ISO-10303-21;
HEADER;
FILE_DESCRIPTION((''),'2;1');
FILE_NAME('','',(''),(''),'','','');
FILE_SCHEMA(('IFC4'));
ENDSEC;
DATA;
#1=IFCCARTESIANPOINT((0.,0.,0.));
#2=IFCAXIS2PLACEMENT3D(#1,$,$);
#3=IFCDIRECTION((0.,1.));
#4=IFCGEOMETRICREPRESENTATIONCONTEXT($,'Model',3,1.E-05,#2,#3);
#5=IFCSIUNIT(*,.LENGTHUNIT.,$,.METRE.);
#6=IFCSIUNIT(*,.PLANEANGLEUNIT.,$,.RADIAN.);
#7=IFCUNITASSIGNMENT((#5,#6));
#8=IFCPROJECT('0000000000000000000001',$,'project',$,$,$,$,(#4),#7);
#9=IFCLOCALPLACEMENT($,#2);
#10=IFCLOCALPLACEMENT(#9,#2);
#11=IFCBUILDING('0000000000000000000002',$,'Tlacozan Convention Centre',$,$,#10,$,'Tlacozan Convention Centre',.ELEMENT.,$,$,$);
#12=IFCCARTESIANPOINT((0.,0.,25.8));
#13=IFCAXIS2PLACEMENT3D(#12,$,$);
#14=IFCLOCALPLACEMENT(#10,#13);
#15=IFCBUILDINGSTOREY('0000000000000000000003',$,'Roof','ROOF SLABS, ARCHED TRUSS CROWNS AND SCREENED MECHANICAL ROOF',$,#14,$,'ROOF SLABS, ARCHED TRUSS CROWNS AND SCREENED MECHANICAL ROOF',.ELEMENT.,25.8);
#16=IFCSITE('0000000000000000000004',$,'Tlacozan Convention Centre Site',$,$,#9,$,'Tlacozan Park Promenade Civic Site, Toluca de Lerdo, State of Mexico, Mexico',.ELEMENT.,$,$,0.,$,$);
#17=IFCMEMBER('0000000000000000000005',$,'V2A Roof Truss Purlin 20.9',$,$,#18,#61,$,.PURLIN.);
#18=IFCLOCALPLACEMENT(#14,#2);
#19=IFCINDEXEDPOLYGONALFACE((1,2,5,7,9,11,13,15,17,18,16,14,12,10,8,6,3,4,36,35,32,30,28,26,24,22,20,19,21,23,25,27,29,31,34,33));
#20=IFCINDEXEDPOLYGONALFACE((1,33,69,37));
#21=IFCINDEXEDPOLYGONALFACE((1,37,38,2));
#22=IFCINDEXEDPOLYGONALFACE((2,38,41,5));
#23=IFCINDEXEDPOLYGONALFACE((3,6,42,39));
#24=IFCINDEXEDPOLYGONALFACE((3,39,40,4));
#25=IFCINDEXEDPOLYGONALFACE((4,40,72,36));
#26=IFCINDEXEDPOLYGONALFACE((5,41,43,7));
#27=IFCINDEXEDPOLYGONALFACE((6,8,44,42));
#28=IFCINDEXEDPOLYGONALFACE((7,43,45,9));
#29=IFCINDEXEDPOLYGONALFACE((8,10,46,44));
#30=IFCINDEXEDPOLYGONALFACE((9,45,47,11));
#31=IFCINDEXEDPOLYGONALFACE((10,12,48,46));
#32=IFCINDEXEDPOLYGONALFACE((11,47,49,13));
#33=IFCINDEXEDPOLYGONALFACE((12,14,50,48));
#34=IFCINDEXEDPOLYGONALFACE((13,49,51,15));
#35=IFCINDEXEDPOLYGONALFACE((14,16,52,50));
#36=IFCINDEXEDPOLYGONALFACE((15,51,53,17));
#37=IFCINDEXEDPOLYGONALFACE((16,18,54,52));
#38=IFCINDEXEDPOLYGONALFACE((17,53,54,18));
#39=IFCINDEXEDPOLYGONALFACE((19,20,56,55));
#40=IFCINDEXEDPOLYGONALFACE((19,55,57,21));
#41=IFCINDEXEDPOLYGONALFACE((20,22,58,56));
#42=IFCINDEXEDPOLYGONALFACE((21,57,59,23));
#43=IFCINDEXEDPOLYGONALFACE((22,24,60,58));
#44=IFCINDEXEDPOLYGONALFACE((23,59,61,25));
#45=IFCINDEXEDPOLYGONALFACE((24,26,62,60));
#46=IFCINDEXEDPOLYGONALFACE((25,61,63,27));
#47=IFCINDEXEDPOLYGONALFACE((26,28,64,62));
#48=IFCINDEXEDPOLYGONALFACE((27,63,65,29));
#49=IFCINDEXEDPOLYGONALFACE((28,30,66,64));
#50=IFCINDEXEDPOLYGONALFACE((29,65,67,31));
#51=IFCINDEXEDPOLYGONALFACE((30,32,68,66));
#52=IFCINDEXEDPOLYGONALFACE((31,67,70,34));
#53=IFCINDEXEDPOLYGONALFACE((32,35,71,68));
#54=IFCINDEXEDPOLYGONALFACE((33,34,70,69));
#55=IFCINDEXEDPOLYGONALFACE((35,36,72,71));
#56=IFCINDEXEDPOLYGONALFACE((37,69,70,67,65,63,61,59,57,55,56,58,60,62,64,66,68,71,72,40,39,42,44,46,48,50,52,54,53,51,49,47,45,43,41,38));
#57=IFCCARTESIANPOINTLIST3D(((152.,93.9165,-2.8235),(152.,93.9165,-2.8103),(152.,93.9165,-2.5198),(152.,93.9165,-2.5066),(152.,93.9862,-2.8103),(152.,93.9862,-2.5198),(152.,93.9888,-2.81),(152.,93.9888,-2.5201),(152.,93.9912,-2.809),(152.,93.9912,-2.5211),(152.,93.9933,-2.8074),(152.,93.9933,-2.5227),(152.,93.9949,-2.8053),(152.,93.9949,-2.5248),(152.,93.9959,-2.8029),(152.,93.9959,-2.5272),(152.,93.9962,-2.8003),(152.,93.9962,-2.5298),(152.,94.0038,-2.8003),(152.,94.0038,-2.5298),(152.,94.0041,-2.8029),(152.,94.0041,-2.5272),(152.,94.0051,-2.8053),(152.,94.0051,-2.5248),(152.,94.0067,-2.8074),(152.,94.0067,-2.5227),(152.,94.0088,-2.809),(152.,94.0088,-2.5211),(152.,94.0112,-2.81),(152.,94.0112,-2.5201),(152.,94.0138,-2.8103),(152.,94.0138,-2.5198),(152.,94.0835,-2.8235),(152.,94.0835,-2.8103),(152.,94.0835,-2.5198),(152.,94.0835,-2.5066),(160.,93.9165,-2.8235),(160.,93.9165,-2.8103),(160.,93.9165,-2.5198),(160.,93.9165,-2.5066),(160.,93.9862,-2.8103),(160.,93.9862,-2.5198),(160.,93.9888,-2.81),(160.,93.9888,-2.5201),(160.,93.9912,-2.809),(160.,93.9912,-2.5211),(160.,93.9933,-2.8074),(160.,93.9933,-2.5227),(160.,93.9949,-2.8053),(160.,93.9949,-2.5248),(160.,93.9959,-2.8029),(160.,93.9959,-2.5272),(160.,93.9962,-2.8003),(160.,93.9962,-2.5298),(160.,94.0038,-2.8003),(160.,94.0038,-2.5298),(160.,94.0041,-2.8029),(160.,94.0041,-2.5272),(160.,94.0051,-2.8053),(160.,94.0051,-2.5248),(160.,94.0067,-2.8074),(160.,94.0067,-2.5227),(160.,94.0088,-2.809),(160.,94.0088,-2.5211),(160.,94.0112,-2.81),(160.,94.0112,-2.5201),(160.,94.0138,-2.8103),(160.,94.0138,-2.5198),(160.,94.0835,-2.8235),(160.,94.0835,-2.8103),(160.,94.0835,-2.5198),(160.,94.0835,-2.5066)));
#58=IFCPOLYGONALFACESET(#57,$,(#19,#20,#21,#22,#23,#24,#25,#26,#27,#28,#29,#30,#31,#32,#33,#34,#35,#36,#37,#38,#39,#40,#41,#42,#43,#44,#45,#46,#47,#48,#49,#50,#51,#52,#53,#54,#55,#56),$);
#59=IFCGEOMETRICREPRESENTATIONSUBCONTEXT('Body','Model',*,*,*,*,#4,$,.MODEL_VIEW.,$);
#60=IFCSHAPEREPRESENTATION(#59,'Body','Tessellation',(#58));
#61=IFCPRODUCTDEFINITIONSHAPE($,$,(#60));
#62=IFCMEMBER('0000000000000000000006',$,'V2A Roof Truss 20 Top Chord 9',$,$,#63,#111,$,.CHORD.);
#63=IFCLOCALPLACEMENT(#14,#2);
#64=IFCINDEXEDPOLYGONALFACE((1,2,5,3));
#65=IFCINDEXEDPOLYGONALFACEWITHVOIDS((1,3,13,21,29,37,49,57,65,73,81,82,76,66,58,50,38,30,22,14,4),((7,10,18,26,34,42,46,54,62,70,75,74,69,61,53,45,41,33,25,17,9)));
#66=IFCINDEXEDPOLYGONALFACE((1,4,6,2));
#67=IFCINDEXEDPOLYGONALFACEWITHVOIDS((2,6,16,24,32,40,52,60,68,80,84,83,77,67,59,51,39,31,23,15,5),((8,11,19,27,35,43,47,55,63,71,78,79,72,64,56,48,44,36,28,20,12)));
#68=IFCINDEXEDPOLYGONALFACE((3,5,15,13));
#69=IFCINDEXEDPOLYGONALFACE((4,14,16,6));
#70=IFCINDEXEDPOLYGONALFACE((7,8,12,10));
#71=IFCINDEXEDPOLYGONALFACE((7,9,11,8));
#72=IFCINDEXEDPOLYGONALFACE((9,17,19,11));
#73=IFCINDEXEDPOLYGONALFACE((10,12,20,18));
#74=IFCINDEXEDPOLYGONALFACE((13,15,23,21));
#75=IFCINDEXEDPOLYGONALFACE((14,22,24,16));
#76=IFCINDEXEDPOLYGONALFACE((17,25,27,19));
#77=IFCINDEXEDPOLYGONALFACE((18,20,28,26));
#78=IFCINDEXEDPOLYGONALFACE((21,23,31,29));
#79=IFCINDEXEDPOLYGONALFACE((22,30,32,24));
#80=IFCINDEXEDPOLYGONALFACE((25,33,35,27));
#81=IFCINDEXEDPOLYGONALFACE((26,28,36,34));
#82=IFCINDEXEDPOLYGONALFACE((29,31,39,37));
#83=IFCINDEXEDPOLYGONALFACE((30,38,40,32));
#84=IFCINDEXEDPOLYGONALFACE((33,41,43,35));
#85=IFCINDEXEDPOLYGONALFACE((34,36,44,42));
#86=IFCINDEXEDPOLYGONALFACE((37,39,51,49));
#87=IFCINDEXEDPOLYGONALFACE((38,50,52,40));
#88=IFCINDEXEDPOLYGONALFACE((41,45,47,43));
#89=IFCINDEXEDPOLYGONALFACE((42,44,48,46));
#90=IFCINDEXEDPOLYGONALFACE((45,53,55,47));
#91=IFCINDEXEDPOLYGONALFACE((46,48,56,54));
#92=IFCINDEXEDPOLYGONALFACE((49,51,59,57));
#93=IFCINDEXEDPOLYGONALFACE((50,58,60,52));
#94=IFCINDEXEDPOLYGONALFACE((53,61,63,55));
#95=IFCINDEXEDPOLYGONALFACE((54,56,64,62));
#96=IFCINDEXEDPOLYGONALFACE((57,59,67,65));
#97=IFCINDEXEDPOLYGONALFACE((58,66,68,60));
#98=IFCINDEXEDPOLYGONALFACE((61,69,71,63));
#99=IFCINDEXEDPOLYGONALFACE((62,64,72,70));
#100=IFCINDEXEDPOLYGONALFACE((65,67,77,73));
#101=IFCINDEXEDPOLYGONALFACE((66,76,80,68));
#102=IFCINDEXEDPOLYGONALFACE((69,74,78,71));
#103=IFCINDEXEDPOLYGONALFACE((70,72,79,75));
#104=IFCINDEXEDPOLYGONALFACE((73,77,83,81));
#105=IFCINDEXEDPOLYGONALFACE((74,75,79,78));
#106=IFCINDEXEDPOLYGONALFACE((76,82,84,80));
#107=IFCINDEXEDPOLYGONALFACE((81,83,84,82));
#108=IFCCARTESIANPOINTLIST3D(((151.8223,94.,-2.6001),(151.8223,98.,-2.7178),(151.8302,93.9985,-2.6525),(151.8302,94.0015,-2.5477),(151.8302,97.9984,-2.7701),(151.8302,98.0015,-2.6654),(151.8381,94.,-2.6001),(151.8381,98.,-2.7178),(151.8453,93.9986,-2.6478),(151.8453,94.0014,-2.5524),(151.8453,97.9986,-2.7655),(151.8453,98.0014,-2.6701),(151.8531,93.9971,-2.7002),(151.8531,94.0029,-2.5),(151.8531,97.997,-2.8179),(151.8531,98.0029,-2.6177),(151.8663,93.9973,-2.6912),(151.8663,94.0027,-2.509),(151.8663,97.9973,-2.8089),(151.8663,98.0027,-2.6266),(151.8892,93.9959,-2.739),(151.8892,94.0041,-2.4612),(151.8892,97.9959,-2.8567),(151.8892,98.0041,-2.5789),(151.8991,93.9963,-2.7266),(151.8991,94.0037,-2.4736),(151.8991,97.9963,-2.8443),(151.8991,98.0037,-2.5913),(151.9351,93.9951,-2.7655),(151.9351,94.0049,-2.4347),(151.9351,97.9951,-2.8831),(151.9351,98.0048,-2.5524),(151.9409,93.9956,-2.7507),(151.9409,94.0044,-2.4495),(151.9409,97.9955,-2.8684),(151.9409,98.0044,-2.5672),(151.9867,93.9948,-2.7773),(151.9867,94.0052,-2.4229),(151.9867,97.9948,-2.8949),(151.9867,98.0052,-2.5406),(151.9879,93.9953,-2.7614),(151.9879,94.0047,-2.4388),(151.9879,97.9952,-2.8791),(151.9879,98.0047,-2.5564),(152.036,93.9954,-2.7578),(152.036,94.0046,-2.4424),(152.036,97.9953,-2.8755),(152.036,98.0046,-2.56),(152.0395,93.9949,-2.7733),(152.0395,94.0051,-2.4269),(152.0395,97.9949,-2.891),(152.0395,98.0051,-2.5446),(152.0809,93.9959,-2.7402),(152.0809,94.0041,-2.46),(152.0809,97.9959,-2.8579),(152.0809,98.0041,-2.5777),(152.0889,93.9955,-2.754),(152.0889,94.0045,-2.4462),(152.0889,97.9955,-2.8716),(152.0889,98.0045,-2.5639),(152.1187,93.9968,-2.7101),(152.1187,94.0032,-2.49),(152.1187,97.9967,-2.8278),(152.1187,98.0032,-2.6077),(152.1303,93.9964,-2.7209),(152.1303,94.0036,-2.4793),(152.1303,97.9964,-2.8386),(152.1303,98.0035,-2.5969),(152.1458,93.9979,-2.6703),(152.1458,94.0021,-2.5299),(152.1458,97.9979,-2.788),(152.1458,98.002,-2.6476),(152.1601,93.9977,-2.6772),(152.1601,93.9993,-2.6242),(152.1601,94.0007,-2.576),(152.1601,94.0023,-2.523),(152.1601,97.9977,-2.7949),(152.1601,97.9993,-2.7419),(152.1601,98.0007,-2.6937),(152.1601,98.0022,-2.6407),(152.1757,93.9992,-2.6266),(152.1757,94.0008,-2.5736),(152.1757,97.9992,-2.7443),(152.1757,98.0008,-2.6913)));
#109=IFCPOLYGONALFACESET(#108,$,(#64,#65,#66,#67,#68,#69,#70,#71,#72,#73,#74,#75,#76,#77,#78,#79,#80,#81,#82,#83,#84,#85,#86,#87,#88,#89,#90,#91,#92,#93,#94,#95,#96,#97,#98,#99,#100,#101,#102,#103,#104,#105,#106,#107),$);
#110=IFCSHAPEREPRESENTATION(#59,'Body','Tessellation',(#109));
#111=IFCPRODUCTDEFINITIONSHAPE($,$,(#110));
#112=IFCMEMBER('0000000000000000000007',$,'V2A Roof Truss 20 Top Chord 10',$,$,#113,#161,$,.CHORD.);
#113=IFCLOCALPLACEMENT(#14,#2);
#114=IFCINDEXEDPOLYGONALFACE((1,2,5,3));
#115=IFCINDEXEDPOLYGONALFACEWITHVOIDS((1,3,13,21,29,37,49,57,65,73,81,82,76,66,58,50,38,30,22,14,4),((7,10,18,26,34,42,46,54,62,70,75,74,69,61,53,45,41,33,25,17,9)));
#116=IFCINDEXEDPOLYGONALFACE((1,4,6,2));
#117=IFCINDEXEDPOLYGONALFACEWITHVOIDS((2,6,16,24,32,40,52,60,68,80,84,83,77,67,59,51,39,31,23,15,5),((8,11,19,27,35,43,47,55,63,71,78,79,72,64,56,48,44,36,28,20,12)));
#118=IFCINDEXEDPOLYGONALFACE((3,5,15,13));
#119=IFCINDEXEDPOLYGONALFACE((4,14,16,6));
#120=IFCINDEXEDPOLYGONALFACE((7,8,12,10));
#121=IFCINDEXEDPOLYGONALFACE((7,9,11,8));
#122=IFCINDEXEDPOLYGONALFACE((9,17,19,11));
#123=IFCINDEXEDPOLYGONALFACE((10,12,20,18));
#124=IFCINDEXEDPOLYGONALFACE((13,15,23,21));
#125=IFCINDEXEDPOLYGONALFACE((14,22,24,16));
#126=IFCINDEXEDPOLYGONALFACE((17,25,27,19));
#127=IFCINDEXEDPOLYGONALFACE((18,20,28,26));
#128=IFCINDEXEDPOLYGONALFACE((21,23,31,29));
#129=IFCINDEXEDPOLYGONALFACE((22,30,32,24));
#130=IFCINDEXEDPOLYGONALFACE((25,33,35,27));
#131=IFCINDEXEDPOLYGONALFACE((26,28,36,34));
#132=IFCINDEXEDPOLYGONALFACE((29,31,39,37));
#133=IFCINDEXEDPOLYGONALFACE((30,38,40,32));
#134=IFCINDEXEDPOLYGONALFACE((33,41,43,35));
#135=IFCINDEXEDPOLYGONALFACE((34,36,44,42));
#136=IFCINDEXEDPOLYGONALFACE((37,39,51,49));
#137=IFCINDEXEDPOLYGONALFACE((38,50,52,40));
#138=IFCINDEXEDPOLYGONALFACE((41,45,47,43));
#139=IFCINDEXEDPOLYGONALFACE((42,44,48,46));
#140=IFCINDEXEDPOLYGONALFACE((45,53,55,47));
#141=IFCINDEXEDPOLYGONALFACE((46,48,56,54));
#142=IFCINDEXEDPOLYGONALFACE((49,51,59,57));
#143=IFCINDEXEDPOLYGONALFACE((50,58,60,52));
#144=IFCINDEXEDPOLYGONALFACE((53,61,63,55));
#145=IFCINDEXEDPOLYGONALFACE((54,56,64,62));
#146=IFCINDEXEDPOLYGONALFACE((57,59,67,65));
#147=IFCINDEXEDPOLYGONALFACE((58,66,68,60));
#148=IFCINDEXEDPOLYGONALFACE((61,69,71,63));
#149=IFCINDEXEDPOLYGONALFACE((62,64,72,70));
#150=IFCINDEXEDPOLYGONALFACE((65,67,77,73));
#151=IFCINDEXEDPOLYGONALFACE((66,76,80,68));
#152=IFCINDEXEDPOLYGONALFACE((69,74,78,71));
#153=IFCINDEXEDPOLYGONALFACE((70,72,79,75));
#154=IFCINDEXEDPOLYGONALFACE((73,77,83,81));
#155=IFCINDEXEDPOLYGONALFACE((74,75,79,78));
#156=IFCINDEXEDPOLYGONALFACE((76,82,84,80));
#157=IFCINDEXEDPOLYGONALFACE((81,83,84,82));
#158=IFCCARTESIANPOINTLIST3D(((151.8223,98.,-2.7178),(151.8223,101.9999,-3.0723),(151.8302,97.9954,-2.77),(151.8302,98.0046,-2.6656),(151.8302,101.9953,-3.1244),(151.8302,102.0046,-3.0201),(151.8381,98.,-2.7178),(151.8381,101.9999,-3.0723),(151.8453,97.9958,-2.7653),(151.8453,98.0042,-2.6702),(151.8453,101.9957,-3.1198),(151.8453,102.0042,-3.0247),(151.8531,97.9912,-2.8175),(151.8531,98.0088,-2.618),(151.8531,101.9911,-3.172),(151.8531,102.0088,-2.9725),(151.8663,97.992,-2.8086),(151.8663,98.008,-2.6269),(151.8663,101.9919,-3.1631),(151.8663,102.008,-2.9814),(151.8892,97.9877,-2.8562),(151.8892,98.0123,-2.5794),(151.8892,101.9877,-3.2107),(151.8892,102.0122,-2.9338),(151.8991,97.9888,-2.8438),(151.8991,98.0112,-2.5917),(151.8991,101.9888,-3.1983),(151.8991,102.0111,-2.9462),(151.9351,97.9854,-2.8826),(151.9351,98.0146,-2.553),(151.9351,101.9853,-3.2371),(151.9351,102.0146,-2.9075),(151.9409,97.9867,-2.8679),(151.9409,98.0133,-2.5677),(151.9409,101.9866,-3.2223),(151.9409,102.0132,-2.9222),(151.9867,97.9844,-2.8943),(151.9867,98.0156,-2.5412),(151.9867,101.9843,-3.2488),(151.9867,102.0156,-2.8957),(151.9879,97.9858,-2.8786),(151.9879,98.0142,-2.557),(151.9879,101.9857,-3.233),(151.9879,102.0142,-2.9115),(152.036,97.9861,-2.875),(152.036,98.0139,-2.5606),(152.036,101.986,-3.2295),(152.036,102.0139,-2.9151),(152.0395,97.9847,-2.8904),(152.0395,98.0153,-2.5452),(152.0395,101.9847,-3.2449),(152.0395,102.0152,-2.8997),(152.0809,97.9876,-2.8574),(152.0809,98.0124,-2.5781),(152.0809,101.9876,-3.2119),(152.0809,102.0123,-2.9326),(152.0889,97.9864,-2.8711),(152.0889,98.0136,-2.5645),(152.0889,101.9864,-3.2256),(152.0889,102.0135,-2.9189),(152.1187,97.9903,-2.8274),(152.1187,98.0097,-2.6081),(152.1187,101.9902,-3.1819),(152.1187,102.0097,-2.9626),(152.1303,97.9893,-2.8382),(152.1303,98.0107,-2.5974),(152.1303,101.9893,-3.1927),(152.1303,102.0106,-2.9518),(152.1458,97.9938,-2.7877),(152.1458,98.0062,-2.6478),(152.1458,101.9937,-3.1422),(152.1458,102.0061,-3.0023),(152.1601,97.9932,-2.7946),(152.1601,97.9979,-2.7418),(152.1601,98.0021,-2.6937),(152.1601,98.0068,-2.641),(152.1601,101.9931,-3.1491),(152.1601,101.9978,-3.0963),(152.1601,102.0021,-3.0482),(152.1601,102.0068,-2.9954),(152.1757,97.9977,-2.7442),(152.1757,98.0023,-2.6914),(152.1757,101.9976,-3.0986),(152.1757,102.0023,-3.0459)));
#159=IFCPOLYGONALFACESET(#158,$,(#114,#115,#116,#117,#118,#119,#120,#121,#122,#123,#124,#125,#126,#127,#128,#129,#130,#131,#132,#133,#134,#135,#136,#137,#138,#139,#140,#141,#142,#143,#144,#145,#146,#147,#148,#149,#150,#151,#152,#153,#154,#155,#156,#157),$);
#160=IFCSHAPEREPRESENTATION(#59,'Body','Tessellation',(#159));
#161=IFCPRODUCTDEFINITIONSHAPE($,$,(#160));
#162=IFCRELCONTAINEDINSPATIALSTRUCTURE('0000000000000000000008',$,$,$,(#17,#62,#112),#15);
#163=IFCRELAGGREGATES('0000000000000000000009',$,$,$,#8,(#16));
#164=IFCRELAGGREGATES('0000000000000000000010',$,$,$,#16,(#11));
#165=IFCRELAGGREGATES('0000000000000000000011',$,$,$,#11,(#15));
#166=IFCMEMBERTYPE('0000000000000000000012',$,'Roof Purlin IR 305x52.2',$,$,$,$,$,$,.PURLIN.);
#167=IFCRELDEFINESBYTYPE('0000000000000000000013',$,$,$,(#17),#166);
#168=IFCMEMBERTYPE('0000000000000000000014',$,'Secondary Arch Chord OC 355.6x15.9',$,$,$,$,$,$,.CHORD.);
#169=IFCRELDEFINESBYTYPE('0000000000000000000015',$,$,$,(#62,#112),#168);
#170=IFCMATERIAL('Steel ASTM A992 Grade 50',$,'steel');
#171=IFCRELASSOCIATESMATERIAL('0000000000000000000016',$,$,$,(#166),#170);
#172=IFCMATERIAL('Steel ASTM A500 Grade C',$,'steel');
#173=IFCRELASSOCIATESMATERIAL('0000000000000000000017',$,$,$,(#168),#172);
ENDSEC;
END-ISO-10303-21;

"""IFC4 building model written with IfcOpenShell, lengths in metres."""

from ifc_helpers import new_model, si_unit, direction, frame, origin, origin_2d, place, context, subcontext, project, spatial, hollow_circle, i_section, extrude, material, material_profile, profile_set, type_object, element, save


model = new_model("IFC4")

# Units and contexts
model_context = context("Model", 3, precision=1e-05, world=origin(), true_north=direction((0.0, 1.0)))
body_context = subcontext(model_context, "Body", "Model", "MODEL_VIEW")
ifc_project = project(units=[si_unit("LENGTHUNIT", "METRE"), si_unit("PLANEANGLEUNIT", "RADIAN")], contexts=[model_context])

# Site, building, storey
site_placement = place(None, origin())
site = spatial("IfcSite", under=ifc_project, at=site_placement, Name="Tlacozan Convention Centre Site", LongName="Tlacozan Park Promenade Civic Site, Toluca de Lerdo, State of Mexico, Mexico", CompositionType="ELEMENT", RefElevation=0.0)
building_placement = place(site_placement, origin())
building = spatial("IfcBuilding", under=site, at=building_placement, Name="Tlacozan Convention Centre", LongName="Tlacozan Convention Centre", CompositionType="ELEMENT")
storey_placement = place(building_placement, frame((0.0, 0.0, 25.8)))
storey = spatial("IfcBuildingStorey", under=building, at=storey_placement, Name="Roof", Description="ROOF SLABS, ARCHED TRUSS CROWNS AND SCREENED MECHANICAL ROOF", LongName="ROOF SLABS, ARCHED TRUSS CROWNS AND SCREENED MECHANICAL ROOF", CompositionType="ELEMENT", Elevation=25.8)

# Members
ifc_material_1 = material(Name="Steel ASTM A500 Grade C", Category="steel")
ifc_material_2 = material(Name="Steel ASTM A992 Grade 50", Category="steel")
ifc_material_profile_1 = material_profile(ifc_material_2, i_section(OverallWidth=0.167, OverallDepth=0.3169, WebThickness=0.0076, FlangeThickness=0.0132, FilletRadius=0.01, at=origin_2d()), Name="IR 305x52.2")
ifc_profile_set_1 = profile_set([ifc_material_profile_1], Name="Steel ASTM A992 Grade 50")
member_type_1 = type_object("IfcMemberType", Name="Roof Purlin IR 305x52.2", PredefinedType="PURLIN", material=ifc_profile_set_1)
for number, where, z_axis, x_axis, name in (
    (1, (152.0, 94.0, -2.665), (1.0, 0.0, 0.0), (0.0, 1.0, 0.0), "V2A Roof Truss Purlin 20.9"),
):
    element("IfcMember", number, at=place(storey_placement, frame(where, z_axis=z_axis, x_axis=x_axis)), inside=storey, type_object=member_type_1, Name=name, PredefinedType="PURLIN", context=body_context, shape_type="SweptSolid", body=[
        extrude(i_section(OverallWidth=0.167, OverallDepth=0.3169, WebThickness=0.0076, FlangeThickness=0.0132, FilletRadius=0.01, at=origin_2d()), origin(), (0.0, 0.0, 1.0), 8.0),
    ])
ifc_material_profile_2 = material_profile(ifc_material_1, hollow_circle(Radius=0.1777, WallThickness=0.0159, at=origin_2d()), Name="OC 355.6x15.9")
ifc_profile_set_2 = profile_set([ifc_material_profile_2], Name="Steel ASTM A500 Grade C")
member_type_2 = type_object("IfcMemberType", Name="Secondary Arch Chord OC 355.6x15.9", PredefinedType="CHORD", material=ifc_profile_set_2)
member_1_placement = place(storey_placement, frame((152.0, 94.0, -2.6001), z_axis=(0.0, 0.999568, -0.029406), x_axis=(-1.0, 0.0, 0.0)))
element("IfcMember", 2, at=member_1_placement, inside=storey, type_object=member_type_2, Name="V2A Roof Truss 20 Top Chord 9", PredefinedType="CHORD", context=body_context, shape_type="SweptSolid", body=[
    extrude(hollow_circle(Radius=0.1777, WallThickness=0.0159, at=origin_2d()), origin(), (0.0, 0.0, 1.0), 4.0017),
])
member_2_placement = place(storey_placement, frame((152.0, 98.0, -2.7178), z_axis=(0.0, 0.996096, -0.088277), x_axis=(-1.0, 0.0, 0.0)))
element("IfcMember", 3, at=member_2_placement, inside=storey, type_object=member_type_2, Name="V2A Roof Truss 20 Top Chord 10", PredefinedType="CHORD", context=body_context, shape_type="SweptSolid", body=[
    extrude(hollow_circle(Radius=0.1777, WallThickness=0.0159, at=origin_2d()), origin(), (0.0, 0.0, 1.0), 4.0156),
])

save(model, "model.ifc")
